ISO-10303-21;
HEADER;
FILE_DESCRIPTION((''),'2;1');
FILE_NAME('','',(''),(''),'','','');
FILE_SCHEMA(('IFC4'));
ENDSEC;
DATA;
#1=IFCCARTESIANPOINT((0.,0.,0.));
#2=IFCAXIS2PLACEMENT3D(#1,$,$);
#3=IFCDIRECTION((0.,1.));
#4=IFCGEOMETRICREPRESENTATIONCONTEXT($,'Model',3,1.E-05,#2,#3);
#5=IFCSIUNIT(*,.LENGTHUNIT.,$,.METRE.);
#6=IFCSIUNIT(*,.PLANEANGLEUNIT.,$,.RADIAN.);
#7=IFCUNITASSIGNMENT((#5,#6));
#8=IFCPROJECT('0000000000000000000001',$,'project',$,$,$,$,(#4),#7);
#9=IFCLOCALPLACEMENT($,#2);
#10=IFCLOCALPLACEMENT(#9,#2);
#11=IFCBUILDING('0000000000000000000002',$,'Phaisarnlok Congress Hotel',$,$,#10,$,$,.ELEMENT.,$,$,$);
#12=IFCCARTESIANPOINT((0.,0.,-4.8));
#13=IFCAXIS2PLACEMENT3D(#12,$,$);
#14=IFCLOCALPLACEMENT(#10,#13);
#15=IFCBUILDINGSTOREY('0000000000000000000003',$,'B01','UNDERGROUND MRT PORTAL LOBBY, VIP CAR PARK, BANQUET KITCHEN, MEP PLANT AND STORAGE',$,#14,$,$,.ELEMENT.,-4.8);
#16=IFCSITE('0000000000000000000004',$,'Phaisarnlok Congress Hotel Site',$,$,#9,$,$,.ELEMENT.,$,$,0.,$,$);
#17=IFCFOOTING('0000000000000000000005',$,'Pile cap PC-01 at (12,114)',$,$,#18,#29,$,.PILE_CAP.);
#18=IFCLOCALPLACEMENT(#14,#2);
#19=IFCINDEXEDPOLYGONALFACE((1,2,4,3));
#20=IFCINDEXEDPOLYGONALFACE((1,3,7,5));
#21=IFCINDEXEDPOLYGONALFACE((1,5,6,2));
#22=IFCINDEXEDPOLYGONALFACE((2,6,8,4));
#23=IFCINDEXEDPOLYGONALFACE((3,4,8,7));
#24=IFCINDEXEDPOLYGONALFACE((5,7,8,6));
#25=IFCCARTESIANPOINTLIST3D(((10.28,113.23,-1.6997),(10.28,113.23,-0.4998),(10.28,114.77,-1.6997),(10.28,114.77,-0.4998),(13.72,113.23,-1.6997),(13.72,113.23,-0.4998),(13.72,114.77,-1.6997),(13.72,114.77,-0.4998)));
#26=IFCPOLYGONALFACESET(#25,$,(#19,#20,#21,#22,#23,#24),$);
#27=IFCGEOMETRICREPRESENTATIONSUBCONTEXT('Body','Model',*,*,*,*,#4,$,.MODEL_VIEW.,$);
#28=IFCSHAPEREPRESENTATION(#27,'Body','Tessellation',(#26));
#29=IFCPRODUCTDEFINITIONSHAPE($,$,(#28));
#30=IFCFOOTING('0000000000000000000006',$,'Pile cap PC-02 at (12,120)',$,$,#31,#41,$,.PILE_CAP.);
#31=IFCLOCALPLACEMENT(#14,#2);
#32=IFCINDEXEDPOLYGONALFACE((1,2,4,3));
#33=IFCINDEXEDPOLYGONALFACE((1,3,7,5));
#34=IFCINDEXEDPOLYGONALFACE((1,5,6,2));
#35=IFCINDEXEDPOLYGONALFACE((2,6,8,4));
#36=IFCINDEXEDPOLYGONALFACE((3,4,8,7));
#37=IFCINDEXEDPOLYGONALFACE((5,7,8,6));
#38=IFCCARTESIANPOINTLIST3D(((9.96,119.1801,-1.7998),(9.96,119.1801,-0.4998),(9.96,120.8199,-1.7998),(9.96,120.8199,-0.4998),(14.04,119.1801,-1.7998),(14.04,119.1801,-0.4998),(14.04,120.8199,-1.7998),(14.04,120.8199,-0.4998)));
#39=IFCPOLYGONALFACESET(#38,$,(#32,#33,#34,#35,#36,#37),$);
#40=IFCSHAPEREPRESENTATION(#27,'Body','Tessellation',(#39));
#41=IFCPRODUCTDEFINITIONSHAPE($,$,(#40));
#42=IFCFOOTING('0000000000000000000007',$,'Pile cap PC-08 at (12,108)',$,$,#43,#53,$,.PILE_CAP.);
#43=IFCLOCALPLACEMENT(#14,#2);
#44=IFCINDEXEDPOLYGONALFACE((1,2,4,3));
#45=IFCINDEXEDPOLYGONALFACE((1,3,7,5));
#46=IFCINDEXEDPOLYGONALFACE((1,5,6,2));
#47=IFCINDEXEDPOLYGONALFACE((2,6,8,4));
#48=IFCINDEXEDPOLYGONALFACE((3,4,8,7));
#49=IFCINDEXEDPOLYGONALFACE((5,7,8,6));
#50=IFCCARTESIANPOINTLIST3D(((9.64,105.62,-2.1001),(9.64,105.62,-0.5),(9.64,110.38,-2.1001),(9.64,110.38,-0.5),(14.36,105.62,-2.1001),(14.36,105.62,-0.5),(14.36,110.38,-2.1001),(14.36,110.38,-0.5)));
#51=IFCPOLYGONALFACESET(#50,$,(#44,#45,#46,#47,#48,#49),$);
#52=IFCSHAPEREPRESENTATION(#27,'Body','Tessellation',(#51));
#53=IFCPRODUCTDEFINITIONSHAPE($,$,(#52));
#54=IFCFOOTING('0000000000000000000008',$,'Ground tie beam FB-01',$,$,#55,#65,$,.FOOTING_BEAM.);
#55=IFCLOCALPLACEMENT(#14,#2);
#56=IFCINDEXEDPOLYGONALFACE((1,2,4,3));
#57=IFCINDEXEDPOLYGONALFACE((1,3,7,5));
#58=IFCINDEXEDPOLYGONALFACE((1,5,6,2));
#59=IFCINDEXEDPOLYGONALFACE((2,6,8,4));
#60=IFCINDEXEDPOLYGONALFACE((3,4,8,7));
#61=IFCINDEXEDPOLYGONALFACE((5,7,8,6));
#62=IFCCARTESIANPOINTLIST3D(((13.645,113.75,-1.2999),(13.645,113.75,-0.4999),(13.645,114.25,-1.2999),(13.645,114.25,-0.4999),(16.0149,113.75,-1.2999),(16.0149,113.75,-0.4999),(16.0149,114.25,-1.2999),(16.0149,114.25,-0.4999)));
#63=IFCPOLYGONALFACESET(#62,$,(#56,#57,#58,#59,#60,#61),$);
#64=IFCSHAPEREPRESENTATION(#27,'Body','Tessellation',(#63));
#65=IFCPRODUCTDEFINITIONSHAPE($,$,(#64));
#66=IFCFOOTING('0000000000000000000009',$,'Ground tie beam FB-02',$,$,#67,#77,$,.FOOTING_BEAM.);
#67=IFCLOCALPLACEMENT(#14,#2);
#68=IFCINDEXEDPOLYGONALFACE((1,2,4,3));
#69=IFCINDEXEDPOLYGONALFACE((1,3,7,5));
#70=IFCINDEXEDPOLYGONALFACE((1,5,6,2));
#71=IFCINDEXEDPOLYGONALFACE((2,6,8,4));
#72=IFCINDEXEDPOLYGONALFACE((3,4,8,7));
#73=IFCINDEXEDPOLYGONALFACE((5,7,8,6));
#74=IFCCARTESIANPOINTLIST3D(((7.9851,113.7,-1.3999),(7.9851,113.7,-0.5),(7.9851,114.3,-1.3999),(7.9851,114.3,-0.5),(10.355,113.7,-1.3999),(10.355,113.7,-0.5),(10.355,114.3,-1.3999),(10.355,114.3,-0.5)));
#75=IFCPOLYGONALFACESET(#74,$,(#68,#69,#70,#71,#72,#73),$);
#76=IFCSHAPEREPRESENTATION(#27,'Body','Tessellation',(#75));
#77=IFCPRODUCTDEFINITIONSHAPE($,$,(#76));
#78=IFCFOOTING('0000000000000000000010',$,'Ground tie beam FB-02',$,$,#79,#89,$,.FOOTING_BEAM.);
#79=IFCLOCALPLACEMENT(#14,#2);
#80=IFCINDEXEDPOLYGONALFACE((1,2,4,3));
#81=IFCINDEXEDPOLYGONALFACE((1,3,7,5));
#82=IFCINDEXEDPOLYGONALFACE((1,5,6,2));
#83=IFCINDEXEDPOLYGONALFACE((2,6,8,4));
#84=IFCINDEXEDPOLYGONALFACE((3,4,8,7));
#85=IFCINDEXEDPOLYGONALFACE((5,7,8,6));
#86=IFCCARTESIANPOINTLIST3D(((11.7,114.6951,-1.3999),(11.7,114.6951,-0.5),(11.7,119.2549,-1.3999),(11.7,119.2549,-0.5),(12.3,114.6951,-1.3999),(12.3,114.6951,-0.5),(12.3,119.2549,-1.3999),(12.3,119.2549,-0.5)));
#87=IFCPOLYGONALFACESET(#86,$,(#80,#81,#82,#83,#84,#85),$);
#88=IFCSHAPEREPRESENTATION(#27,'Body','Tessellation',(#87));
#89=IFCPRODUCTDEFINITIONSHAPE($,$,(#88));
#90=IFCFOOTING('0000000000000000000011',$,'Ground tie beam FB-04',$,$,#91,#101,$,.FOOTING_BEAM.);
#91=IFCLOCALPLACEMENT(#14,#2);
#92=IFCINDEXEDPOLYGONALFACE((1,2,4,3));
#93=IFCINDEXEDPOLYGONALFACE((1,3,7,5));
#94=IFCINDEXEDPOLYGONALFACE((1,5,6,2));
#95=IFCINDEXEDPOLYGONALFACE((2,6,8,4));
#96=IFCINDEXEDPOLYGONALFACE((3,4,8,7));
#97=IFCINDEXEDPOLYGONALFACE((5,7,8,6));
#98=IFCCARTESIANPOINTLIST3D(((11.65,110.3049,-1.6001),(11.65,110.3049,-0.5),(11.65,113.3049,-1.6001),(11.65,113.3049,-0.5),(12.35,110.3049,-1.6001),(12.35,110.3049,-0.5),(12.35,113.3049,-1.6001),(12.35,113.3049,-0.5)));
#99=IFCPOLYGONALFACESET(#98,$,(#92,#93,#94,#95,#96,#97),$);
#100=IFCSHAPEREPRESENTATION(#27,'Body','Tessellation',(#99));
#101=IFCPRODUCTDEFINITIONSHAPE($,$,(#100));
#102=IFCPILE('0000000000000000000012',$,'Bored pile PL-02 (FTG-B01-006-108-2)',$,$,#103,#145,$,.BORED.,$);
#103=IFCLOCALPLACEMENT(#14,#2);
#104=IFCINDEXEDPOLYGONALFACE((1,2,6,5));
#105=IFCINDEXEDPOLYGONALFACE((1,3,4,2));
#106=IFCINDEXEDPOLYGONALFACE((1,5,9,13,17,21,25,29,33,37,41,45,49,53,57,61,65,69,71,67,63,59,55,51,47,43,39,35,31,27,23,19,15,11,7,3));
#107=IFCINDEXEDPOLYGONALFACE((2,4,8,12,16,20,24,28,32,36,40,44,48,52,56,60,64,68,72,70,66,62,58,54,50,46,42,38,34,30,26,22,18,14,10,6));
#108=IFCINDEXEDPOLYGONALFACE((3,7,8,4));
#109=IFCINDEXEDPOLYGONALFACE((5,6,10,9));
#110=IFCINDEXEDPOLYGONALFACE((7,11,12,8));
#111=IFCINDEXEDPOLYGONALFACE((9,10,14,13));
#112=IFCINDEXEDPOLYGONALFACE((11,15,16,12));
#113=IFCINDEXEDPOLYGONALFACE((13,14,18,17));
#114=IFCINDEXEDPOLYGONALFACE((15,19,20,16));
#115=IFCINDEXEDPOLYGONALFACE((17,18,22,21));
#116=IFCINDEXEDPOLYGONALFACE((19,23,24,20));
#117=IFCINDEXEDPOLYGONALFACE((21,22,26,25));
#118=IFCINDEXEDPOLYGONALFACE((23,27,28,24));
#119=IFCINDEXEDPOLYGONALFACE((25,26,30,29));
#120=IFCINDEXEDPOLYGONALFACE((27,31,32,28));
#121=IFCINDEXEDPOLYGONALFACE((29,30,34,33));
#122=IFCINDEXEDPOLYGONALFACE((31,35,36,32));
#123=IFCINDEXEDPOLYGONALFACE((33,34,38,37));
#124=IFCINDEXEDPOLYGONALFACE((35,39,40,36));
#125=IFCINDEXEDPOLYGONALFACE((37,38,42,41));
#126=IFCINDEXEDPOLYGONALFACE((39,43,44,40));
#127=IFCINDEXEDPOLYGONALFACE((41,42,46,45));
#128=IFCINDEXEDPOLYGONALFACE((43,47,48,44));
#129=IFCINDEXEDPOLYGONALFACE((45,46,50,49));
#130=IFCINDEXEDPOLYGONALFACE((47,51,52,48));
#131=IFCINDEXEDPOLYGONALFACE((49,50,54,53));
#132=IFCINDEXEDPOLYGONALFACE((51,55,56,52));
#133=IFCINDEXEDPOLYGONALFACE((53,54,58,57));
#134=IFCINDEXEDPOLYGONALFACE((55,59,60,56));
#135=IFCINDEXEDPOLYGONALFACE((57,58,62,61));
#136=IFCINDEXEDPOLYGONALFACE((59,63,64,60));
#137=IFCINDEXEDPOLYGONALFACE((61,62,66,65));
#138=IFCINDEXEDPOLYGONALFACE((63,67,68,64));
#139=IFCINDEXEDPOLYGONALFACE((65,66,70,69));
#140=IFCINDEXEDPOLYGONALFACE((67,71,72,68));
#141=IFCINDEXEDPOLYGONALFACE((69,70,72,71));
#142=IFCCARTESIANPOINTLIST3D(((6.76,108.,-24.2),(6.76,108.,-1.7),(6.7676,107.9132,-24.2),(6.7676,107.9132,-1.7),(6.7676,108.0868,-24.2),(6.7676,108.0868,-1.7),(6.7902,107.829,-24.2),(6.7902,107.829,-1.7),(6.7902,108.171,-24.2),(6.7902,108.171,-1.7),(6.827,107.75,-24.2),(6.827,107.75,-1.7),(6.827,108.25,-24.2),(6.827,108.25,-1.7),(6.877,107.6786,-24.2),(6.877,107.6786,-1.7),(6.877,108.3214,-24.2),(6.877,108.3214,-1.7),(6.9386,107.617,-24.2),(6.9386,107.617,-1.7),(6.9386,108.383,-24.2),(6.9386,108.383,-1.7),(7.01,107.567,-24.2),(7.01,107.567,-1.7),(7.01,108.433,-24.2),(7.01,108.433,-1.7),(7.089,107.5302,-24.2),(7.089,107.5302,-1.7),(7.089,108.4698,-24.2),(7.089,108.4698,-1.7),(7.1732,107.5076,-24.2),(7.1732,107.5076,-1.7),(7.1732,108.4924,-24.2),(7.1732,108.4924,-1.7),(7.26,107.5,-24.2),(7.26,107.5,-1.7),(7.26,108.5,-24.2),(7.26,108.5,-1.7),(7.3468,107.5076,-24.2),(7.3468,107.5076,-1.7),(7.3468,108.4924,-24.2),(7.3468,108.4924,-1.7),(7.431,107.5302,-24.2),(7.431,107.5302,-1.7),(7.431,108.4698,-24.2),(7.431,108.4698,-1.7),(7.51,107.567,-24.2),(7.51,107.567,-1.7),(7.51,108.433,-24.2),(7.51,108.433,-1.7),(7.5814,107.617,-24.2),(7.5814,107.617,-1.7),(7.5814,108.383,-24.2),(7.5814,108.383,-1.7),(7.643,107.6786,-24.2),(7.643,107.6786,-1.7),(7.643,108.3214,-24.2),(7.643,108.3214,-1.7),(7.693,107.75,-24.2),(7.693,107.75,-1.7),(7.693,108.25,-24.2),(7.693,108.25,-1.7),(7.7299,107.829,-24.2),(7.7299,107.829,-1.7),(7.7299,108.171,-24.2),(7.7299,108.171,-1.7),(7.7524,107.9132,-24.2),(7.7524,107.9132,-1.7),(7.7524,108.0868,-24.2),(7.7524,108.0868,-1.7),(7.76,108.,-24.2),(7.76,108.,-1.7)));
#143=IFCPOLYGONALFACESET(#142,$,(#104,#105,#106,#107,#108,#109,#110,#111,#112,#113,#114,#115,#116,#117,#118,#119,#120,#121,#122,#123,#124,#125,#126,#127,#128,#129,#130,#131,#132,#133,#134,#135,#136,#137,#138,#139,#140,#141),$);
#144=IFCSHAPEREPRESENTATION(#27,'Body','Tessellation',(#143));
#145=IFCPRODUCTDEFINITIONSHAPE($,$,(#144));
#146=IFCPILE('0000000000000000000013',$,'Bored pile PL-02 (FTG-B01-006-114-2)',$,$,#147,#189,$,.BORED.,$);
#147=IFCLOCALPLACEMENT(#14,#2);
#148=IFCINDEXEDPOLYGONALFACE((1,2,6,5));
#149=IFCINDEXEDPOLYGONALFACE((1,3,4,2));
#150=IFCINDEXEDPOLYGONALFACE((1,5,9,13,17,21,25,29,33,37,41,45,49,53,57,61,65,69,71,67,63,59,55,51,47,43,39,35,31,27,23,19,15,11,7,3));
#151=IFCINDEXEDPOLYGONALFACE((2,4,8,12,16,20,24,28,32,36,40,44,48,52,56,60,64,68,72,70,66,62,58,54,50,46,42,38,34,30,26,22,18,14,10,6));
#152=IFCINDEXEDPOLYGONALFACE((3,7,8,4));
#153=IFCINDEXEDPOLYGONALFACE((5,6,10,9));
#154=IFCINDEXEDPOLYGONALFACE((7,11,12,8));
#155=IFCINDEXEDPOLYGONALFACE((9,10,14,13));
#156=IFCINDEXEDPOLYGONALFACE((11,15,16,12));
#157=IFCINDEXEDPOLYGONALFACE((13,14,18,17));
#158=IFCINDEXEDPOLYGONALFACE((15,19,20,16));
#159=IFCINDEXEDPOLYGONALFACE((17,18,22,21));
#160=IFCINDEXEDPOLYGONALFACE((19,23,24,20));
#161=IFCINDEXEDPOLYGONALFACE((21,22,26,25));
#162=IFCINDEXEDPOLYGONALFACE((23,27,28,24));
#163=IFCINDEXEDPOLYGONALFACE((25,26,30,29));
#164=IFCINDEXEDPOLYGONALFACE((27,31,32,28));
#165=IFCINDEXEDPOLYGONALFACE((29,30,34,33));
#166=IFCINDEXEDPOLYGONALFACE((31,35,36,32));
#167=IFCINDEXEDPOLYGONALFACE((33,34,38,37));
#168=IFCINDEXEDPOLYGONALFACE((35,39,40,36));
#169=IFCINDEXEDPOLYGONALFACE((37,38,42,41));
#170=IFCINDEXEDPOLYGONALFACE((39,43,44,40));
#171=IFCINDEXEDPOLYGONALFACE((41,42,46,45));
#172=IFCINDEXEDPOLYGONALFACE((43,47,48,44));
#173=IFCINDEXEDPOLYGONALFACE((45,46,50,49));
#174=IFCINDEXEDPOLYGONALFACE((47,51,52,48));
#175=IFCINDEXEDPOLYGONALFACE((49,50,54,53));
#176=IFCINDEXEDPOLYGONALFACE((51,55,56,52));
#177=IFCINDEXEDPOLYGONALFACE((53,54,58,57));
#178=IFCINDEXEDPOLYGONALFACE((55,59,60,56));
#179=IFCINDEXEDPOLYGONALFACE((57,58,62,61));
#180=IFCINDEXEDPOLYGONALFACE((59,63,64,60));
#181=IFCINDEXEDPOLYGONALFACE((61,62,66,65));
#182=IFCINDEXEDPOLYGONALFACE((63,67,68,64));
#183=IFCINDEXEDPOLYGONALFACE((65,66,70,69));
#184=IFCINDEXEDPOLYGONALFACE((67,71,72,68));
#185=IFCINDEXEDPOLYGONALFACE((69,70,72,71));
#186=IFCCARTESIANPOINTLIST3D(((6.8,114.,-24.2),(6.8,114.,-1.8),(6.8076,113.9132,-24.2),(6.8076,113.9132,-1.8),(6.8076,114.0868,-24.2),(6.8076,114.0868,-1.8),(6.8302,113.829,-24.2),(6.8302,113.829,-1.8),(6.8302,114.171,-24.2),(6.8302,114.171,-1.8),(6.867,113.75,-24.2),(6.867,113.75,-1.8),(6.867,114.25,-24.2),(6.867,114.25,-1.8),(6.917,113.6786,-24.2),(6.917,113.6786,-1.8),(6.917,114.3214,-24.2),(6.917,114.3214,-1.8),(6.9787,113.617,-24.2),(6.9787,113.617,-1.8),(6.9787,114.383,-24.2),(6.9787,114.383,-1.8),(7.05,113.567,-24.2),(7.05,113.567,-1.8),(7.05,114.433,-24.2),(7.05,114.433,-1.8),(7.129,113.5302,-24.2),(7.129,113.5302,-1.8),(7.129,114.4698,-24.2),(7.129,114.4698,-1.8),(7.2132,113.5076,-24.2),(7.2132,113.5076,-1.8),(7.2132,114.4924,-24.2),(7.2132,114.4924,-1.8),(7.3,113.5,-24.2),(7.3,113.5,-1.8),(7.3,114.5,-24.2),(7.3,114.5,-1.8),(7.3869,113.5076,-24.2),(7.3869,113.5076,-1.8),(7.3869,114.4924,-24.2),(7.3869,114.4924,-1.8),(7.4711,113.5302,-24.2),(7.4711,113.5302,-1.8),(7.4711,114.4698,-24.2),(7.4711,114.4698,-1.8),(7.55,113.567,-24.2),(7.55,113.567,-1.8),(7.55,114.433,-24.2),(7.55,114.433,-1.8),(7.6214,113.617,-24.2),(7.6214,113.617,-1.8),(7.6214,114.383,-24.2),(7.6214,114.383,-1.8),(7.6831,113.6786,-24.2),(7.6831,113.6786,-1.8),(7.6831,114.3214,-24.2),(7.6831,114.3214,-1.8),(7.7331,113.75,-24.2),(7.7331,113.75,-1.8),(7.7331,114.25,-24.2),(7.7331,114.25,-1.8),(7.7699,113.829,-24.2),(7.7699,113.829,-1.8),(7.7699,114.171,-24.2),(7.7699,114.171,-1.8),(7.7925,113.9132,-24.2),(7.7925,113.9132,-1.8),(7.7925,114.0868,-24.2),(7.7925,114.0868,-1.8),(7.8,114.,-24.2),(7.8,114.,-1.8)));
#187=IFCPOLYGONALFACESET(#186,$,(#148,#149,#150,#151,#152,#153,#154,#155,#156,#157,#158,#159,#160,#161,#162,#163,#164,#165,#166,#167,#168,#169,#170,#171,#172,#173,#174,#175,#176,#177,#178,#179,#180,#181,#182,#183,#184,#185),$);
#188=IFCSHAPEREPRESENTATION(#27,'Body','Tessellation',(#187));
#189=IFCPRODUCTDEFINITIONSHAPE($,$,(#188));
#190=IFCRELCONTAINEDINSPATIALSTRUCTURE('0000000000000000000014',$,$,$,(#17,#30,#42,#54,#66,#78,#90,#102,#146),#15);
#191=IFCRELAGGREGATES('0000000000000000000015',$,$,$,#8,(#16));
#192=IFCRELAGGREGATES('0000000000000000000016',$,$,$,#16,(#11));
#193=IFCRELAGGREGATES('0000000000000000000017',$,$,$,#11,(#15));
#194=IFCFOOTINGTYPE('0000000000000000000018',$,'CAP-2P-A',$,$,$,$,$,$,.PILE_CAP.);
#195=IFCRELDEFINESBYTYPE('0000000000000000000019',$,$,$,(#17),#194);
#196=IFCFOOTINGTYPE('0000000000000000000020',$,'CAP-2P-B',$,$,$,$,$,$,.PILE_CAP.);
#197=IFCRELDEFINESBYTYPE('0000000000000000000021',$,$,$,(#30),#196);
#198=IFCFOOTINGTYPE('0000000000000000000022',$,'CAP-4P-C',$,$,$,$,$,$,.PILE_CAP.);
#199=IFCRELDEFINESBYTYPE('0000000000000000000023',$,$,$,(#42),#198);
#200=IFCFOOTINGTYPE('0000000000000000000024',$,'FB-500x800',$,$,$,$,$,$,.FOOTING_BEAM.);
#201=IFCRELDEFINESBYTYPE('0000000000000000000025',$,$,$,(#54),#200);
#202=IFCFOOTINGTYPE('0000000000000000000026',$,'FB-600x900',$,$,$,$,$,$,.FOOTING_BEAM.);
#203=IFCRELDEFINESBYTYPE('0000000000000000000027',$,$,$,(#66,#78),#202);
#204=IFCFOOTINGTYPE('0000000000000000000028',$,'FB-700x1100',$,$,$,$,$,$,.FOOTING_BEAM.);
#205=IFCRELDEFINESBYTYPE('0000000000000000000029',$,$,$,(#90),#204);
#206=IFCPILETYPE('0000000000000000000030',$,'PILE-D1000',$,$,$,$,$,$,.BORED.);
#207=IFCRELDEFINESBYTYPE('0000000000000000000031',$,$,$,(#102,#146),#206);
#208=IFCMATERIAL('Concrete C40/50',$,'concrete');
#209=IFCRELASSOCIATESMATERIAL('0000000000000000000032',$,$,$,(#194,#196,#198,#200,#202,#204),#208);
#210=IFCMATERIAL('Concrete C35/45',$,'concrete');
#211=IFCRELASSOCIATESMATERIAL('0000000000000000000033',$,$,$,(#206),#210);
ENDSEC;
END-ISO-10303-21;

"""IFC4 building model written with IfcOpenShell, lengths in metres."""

from ifc_helpers import new_model, si_unit, direction, frame, origin, origin_2d, place, context, subcontext, project, spatial, rectangle, circle, extrude, material, material_profile, profile_set, type_object, element, save


model = new_model("IFC4")

# Units and contexts
model_context = context("Model", 3, precision=1e-05, world=origin(), true_north=direction((0.0, 1.0)))
body_context = subcontext(model_context, "Body", "Model", "MODEL_VIEW")
ifc_project = project(units=[si_unit("LENGTHUNIT", "METRE"), si_unit("PLANEANGLEUNIT", "RADIAN")], contexts=[model_context])

# Site, building, storey
site_placement = place(None, origin())
site = spatial("IfcSite", under=ifc_project, at=site_placement, Name="Phaisarnlok Congress Hotel Site", CompositionType="ELEMENT", RefElevation=0.0)
building_placement = place(site_placement, origin())
building = spatial("IfcBuilding", under=site, at=building_placement, Name="Phaisarnlok Congress Hotel", CompositionType="ELEMENT")
storey_placement = place(building_placement, frame((0.0, 0.0, -4.8)))
storey = spatial("IfcBuildingStorey", under=building, at=storey_placement, Name="B01", Description="UNDERGROUND MRT PORTAL LOBBY, VIP CAR PARK, BANQUET KITCHEN, MEP PLANT AND STORAGE", CompositionType="ELEMENT", Elevation=-4.8)

# Footings
ifc_material_1 = material(Name="Concrete C40/50", Category="concrete")
footing_type_1 = type_object("IfcFootingType", Name="CAP-2P-A", PredefinedType="PILE_CAP", material=ifc_material_1)
footing_1_placement = place(storey_placement, frame((12.0, 114.0, -1.6997), z_axis=(0.0, 0.0, 1.0), x_axis=(1.0, 0.0, 0.0)))
element("IfcFooting", 1, at=footing_1_placement, inside=storey, type_object=footing_type_1, Name="Pile cap PC-01 at (12,114)", PredefinedType="PILE_CAP", context=body_context, shape_type="SweptSolid", body=[
    extrude(rectangle(XDim=3.4399, YDim=1.54, at=origin_2d()), origin(), (0.0, 0.0, 1.0), 1.2),
])
footing_type_2 = type_object("IfcFootingType", Name="CAP-2P-B", PredefinedType="PILE_CAP", material=ifc_material_1)
footing_2_placement = place(storey_placement, frame((12.0, 120.0, -1.7998), z_axis=(0.0, 0.0, 1.0), x_axis=(1.0, 0.0, 0.0)))
element("IfcFooting", 2, at=footing_2_placement, inside=storey, type_object=footing_type_2, Name="Pile cap PC-02 at (12,120)", PredefinedType="PILE_CAP", context=body_context, shape_type="SweptSolid", body=[
    extrude(rectangle(XDim=4.0801, YDim=1.6399, at=origin_2d()), origin(), (0.0, 0.0, 1.0), 1.3),
])
footing_type_3 = type_object("IfcFootingType", Name="CAP-4P-C", PredefinedType="PILE_CAP", material=ifc_material_1)
footing_3_placement = place(storey_placement, frame((12.0, 108.0, -2.1001), z_axis=(0.0, 0.0, 1.0), x_axis=(1.0, 0.0, 0.0)))
element("IfcFooting", 3, at=footing_3_placement, inside=storey, type_object=footing_type_3, Name="Pile cap PC-08 at (12,108)", PredefinedType="PILE_CAP", context=body_context, shape_type="SweptSolid", body=[
    extrude(rectangle(XDim=4.72, YDim=4.76, at=origin_2d()), origin(), (0.0, 0.0, 1.0), 1.6001),
])
ifc_material_profile_1 = material_profile(ifc_material_1, rectangle(XDim=0.5, YDim=0.8, at=origin_2d()), Name="FB-500x800")
ifc_profile_set_1 = profile_set([ifc_material_profile_1], Name="Concrete C40/50")
footing_type_4 = type_object("IfcFootingType", Name="FB-500x800", PredefinedType="FOOTING_BEAM", material=ifc_profile_set_1)
footing_4_placement = place(storey_placement, frame((13.645, 114.0, -0.8999), z_axis=(1.0, 0.0, 0.0), x_axis=(0.0, 1.0, 0.0)))
element("IfcFooting", 4, at=footing_4_placement, inside=storey, type_object=footing_type_4, Name="Ground tie beam FB-01", PredefinedType="FOOTING_BEAM", context=body_context, shape_type="SweptSolid", body=[
    extrude(rectangle(XDim=0.5, YDim=0.8, at=origin_2d()), origin(), (0.0, 0.0, 1.0), 2.3699),
])
ifc_material_profile_2 = material_profile(ifc_material_1, rectangle(XDim=0.6001, YDim=0.8999, at=origin_2d()), Name="FB-600x900")
ifc_profile_set_2 = profile_set([ifc_material_profile_2], Name="Concrete C40/50")
footing_type_5 = type_object("IfcFootingType", Name="FB-600x900", PredefinedType="FOOTING_BEAM", material=ifc_profile_set_2)
footing_5_placement = place(storey_placement, frame((7.9851, 114.0, -0.95), z_axis=(1.0, 0.0, 0.0), x_axis=(0.0, 1.0, 0.0)))
element("IfcFooting", 5, at=footing_5_placement, inside=storey, type_object=footing_type_5, Name="Ground tie beam FB-02", PredefinedType="FOOTING_BEAM", context=body_context, shape_type="SweptSolid", body=[
    extrude(rectangle(XDim=0.6001, YDim=0.8999, at=origin_2d()), origin(), (0.0, 0.0, 1.0), 2.3699),
])
footing_6_placement = place(storey_placement, frame((12.0, 114.6951, -0.95), z_axis=(0.0, 1.0, 0.0), x_axis=(-1.0, 0.0, 0.0)))
element("IfcFooting", 6, at=footing_6_placement, inside=storey, type_object=footing_type_5, Name="Ground tie beam FB-02", PredefinedType="FOOTING_BEAM", context=body_context, shape_type="SweptSolid", body=[
    extrude(rectangle(XDim=0.6001, YDim=0.8999, at=origin_2d()), origin(), (0.0, 0.0, 1.0), 4.5598),
])
ifc_material_profile_3 = material_profile(ifc_material_1, rectangle(XDim=0.7, YDim=1.1001, at=origin_2d()), Name="FB-700x1100")
ifc_profile_set_3 = profile_set([ifc_material_profile_3], Name="Concrete C40/50")
footing_type_6 = type_object("IfcFootingType", Name="FB-700x1100", PredefinedType="FOOTING_BEAM", material=ifc_profile_set_3)
footing_7_placement = place(storey_placement, frame((12.0, 110.3049, -1.05), z_axis=(0.0, 1.0, 0.0), x_axis=(-1.0, 0.0, 0.0)))
element("IfcFooting", 7, at=footing_7_placement, inside=storey, type_object=footing_type_6, Name="Ground tie beam FB-04", PredefinedType="FOOTING_BEAM", context=body_context, shape_type="SweptSolid", body=[
    extrude(rectangle(XDim=0.7, YDim=1.1001, at=origin_2d()), origin(), (0.0, 0.0, 1.0), 3.0),
])

# Piles
ifc_material_2 = material(Name="Concrete C35/45", Category="concrete")
ifc_material_profile_4 = material_profile(ifc_material_2, circle(Radius=0.5, at=origin_2d()), Name="BORED PILE D1000")
ifc_profile_set_4 = profile_set([ifc_material_profile_4], Name="Concrete C35/45")
pile_type_1 = type_object("IfcPileType", Name="PILE-D1000", PredefinedType="BORED", material=ifc_profile_set_4)
pile_1_placement = place(storey_placement, frame((7.26, 108.0, -1.7), z_axis=(0.0, 0.0, -1.0), x_axis=(1.0, 0.0, 0.0)))
element("IfcPile", 8, at=pile_1_placement, inside=storey, type_object=pile_type_1, Name="Bored pile PL-02 (FTG-B01-006-108-2)", PredefinedType="BORED", context=body_context, shape_type="SweptSolid", body=[
    extrude(circle(Radius=0.5, at=origin_2d()), origin(), (0.0, 0.0, 1.0), 22.5),
])
pile_2_placement = place(storey_placement, frame((7.3, 114.0, -1.8), z_axis=(0.0, 0.0, -1.0), x_axis=(1.0, 0.0, 0.0)))
element("IfcPile", 9, at=pile_2_placement, inside=storey, type_object=pile_type_1, Name="Bored pile PL-02 (FTG-B01-006-114-2)", PredefinedType="BORED", context=body_context, shape_type="SweptSolid", body=[
    extrude(circle(Radius=0.5, at=origin_2d()), origin(), (0.0, 0.0, 1.0), 22.3999),
])

save(model, "model.ifc")
